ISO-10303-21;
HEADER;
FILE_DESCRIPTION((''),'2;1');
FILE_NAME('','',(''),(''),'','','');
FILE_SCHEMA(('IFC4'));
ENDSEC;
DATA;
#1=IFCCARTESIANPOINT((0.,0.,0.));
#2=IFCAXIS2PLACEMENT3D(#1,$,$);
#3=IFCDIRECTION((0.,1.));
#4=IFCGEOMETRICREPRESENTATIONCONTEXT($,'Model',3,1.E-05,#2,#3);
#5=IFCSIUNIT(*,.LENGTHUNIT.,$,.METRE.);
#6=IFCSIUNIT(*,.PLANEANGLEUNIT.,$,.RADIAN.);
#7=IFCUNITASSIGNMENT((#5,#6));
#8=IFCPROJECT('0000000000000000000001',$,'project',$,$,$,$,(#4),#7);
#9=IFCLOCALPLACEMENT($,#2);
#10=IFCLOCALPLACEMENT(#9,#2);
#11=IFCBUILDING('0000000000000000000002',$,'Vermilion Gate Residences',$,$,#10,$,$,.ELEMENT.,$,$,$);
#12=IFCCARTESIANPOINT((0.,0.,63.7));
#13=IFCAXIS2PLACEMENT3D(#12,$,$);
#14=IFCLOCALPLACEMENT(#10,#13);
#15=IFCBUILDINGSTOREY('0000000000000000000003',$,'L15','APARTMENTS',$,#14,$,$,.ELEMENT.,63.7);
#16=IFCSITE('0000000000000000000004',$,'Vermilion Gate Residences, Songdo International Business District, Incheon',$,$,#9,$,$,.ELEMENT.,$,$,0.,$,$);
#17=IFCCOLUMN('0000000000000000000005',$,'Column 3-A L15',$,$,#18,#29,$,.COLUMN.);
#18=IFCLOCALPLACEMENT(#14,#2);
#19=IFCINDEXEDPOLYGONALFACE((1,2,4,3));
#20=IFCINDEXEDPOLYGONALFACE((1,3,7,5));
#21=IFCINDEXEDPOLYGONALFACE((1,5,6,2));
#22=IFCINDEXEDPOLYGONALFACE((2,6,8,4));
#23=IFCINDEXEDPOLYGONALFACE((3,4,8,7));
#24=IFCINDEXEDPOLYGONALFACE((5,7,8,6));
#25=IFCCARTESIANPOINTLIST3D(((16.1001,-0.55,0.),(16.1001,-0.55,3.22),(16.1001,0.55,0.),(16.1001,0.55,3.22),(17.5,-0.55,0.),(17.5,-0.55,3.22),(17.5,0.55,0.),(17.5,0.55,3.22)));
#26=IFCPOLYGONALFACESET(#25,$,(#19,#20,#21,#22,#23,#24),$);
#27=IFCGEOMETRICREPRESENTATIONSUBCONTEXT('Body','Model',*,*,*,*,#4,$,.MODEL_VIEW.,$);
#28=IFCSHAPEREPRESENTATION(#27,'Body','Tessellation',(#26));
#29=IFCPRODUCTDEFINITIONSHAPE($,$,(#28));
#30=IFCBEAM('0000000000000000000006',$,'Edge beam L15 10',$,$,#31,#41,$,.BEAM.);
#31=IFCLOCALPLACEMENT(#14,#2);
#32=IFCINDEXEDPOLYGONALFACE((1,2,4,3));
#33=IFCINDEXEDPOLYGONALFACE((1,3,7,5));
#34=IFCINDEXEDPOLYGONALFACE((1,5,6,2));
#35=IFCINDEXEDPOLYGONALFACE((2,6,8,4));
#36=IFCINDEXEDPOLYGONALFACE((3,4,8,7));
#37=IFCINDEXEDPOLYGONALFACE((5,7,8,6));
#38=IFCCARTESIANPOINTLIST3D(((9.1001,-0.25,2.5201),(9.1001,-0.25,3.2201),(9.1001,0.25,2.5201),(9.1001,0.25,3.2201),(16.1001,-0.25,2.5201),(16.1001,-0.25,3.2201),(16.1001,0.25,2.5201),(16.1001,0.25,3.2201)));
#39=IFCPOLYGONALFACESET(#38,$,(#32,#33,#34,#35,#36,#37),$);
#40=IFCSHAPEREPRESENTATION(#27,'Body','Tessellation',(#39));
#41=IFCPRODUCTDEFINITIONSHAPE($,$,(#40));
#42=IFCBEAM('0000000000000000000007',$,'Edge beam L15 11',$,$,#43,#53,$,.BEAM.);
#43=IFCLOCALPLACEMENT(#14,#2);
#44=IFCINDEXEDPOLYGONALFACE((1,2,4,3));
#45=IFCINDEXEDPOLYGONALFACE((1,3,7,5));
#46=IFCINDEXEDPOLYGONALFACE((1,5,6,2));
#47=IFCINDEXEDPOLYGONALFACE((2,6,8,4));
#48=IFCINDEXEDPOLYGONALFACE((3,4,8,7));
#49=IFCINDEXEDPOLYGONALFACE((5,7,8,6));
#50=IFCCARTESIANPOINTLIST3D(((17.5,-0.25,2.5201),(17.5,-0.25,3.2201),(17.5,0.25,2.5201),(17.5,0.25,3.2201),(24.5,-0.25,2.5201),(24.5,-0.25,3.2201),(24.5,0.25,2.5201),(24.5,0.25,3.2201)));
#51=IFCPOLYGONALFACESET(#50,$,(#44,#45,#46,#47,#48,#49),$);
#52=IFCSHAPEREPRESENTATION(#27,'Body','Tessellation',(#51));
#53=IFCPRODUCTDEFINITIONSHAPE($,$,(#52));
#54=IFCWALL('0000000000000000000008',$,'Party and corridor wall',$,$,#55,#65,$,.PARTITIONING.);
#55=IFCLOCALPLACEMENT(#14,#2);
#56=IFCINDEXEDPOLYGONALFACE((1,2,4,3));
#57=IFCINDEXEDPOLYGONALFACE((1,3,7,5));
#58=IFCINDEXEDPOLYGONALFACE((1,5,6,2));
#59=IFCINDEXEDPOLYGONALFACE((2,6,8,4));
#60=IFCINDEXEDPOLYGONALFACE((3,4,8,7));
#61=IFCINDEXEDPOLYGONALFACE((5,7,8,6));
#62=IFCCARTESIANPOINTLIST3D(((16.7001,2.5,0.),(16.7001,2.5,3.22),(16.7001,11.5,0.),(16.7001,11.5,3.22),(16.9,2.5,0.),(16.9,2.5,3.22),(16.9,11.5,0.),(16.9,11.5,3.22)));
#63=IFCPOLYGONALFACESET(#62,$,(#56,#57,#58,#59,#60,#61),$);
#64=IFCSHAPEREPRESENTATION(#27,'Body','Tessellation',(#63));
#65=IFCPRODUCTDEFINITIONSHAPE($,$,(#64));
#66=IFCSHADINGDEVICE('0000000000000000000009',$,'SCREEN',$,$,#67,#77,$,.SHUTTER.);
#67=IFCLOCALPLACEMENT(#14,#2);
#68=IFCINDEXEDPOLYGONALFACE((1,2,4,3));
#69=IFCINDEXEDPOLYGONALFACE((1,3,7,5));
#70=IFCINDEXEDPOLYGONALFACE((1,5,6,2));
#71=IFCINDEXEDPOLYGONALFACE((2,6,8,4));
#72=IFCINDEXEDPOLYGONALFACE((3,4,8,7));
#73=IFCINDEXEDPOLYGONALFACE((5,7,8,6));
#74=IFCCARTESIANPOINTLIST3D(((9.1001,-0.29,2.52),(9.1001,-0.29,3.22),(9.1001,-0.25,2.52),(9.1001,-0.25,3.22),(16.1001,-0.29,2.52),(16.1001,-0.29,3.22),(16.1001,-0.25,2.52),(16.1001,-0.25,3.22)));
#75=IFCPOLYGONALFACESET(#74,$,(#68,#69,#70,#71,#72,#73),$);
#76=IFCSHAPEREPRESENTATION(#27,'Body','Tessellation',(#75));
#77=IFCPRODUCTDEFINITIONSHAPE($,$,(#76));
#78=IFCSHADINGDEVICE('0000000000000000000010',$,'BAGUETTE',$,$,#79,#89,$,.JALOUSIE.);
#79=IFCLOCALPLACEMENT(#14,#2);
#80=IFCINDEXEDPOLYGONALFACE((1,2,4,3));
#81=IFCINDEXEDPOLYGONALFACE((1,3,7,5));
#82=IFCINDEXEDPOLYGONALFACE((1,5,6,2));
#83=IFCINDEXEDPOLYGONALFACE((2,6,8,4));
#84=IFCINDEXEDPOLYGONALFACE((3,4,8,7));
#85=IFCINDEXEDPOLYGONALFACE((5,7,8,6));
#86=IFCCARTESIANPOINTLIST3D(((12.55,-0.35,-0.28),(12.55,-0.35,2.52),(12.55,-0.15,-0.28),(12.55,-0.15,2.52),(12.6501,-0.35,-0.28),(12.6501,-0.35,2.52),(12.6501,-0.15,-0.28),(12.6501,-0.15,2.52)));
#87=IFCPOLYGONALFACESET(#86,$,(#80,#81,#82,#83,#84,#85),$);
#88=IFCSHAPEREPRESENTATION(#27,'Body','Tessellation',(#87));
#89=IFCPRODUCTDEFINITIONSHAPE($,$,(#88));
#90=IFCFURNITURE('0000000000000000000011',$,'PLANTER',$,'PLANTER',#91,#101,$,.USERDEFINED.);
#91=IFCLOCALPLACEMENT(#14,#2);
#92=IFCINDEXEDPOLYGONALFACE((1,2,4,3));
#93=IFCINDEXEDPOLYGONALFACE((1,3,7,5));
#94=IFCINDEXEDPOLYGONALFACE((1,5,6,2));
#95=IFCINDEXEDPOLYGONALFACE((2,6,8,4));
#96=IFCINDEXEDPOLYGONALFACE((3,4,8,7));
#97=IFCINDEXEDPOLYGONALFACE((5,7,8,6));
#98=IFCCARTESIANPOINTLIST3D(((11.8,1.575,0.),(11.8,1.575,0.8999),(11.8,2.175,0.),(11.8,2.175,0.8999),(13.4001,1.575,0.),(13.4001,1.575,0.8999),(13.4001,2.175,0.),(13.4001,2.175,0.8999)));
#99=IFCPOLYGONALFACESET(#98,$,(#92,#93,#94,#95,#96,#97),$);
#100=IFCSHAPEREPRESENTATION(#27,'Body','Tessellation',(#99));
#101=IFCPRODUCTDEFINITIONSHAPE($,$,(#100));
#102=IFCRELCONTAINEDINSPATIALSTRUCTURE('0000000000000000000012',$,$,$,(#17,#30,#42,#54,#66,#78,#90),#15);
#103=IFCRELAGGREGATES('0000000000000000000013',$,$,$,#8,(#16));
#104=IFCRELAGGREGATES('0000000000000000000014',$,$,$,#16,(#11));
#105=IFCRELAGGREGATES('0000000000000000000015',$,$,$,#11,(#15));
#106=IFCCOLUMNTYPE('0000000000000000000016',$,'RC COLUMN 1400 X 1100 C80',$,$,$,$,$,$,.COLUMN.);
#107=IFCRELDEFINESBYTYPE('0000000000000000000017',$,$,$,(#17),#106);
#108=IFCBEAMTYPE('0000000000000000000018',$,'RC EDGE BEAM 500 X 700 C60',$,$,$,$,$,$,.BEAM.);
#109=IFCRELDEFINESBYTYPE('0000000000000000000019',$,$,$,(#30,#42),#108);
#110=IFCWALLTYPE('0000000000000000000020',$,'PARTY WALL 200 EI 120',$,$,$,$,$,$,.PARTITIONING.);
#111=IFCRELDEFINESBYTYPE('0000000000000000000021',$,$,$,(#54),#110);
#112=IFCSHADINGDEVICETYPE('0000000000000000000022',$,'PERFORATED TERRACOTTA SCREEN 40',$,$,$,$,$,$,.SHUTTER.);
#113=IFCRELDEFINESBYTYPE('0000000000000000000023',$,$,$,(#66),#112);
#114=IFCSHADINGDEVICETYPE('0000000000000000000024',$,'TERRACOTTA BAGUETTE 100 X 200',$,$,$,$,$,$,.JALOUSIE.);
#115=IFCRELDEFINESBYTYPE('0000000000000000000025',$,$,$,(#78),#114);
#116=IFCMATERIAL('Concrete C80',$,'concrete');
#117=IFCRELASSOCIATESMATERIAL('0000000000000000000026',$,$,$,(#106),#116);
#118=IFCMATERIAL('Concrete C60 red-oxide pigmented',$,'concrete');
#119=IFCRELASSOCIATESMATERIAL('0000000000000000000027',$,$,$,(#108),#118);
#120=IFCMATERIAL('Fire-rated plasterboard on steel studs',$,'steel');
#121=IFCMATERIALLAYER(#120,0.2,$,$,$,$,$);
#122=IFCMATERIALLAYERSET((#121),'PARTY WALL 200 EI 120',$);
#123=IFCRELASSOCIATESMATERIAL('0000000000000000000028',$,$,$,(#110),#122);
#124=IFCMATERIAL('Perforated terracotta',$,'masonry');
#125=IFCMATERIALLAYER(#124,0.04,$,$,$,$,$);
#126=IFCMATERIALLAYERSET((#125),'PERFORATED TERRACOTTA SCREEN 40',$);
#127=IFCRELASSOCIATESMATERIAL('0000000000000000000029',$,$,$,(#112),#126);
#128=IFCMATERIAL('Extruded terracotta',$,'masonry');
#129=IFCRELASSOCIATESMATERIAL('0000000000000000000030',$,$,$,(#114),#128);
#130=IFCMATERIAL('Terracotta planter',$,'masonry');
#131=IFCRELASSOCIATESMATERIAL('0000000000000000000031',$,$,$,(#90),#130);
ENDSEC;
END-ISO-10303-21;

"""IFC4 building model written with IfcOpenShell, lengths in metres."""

from ifc_helpers import new_model, si_unit, direction, frame, frame_2d, origin, origin_2d, place, context, subcontext, project, spatial, rectangle, extrude, material, layer, layer_set, material_profile, profile_set, type_object, element, save


model = new_model("IFC4")

# Units and contexts
model_context = context("Model", 3, precision=1e-05, world=origin(), true_north=direction((0.0, 1.0)))
body_context = subcontext(model_context, "Body", "Model", "MODEL_VIEW")
ifc_project = project(units=[si_unit("LENGTHUNIT", "METRE"), si_unit("PLANEANGLEUNIT", "RADIAN")], contexts=[model_context])

# Site, building, storey
site_placement = place(None, origin())
site = spatial("IfcSite", under=ifc_project, at=site_placement, Name="Vermilion Gate Residences, Songdo International Business District, Incheon", CompositionType="ELEMENT", RefElevation=0.0)
building_placement = place(site_placement, origin())
building = spatial("IfcBuilding", under=site, at=building_placement, Name="Vermilion Gate Residences", CompositionType="ELEMENT")
storey_placement = place(building_placement, frame((0.0, 0.0, 63.7)))
storey = spatial("IfcBuildingStorey", under=building, at=storey_placement, Name="L15", Description="APARTMENTS", CompositionType="ELEMENT", Elevation=63.7)

# Column
ifc_material_1 = material(Name="Concrete C80", Category="concrete")
ifc_material_profile_1 = material_profile(ifc_material_1, rectangle(XDim=1.3999, YDim=1.1001, at=origin_2d()), Name="RC-1400x1100")
ifc_profile_set_1 = profile_set([ifc_material_profile_1], Name="Concrete C80")
column_type = type_object("IfcColumnType", Name="RC COLUMN 1400 X 1100 C80", PredefinedType="COLUMN", material=ifc_profile_set_1)
column_placement = place(storey_placement, frame((16.8, 0.0, 0.0), z_axis=(0.0, 0.0, 1.0), x_axis=(1.0, 0.0, 0.0)))
element("IfcColumn", 1, at=column_placement, inside=storey, type_object=column_type, Name="Column 3-A L15", PredefinedType="COLUMN", context=body_context, shape_type="SweptSolid", body=[
    extrude(rectangle(XDim=1.3999, YDim=1.1001, at=origin_2d()), origin(), (0.0, 0.0, 1.0), 3.22),
])

# Beams
ifc_material_2 = material(Name="Concrete C60 red-oxide pigmented", Category="concrete")
ifc_material_profile_2 = material_profile(ifc_material_2, rectangle(XDim=0.5, YDim=0.7, at=origin_2d()), Name="RC-500x700")
ifc_profile_set_2 = profile_set([ifc_material_profile_2], Name="Concrete C60 red-oxide pigmented")
beam_type = type_object("IfcBeamType", Name="RC EDGE BEAM 500 X 700 C60", PredefinedType="BEAM", material=ifc_profile_set_2)
for number, where, z_axis, x_axis, name in (
    (2, (9.1001, 0.0, 2.8701), (1.0, 0.0, 0.0), (0.0, 1.0, 0.0), "Edge beam L15 10"),
    (3, (17.5, 0.0, 2.8701), (1.0, 0.0, 0.0), (0.0, 1.0, 0.0), "Edge beam L15 11"),
):
    element("IfcBeam", number, at=place(storey_placement, frame(where, z_axis=z_axis, x_axis=x_axis)), inside=storey, type_object=beam_type, Name=name, PredefinedType="BEAM", context=body_context, shape_type="SweptSolid", body=[
        extrude(rectangle(XDim=0.5, YDim=0.7, at=origin_2d()), origin(), (0.0, 0.0, 1.0), 7.0),
    ])

# Wall
ifc_material_3 = material(Name="Fire-rated plasterboard on steel studs", Category="steel")
ifc_layer_1 = layer(ifc_material_3, 0.2)
ifc_layer_set_1 = layer_set([ifc_layer_1], Name="PARTY WALL 200 EI 120")
wall_type = type_object("IfcWallType", Name="PARTY WALL 200 EI 120", PredefinedType="PARTITIONING", material=ifc_layer_set_1)
wall_placement = place(storey_placement, frame((16.8, 2.5, 0.0), z_axis=(0.0, 0.0, 1.0), x_axis=(0.0, 1.0, 0.0)))
element("IfcWall", 4, at=wall_placement, inside=storey, type_object=wall_type, Name="Party and corridor wall", PredefinedType="PARTITIONING", context=body_context, shape_type="SweptSolid", body=[
    extrude(rectangle(XDim=9.0, YDim=0.2, at=frame_2d((4.5, 0.0))), origin(), (0.0, 0.0, 1.0), 3.22),
])

# Shading devices
ifc_material_4 = material(Name="Perforated terracotta", Category="masonry")
ifc_layer_2 = layer(ifc_material_4, 0.04)
ifc_layer_set_2 = layer_set([ifc_layer_2], Name="PERFORATED TERRACOTTA SCREEN 40")
shading_device_type_1 = type_object("IfcShadingDeviceType", Name="PERFORATED TERRACOTTA SCREEN 40", PredefinedType="SHUTTER", material=ifc_layer_set_2)
shading_device_1_placement = place(storey_placement, frame((12.6001, -0.27, 2.52), z_axis=(0.0, 0.0, 1.0), x_axis=(1.0, 0.0, 0.0)))
element("IfcShadingDevice", 5, at=shading_device_1_placement, inside=storey, type_object=shading_device_type_1, Name="SCREEN", PredefinedType="SHUTTER", context=body_context, shape_type="SweptSolid", body=[
    extrude(rectangle(XDim=7.0, YDim=0.04, at=origin_2d()), origin(), (0.0, 0.0, 1.0), 0.7),
])
ifc_material_5 = material(Name="Extruded terracotta", Category="masonry")
ifc_material_profile_3 = material_profile(ifc_material_5, rectangle(XDim=0.2, YDim=0.1001, at=origin_2d()), Name="BAGUETTE 100 X 200")
ifc_profile_set_3 = profile_set([ifc_material_profile_3], Name="Extruded terracotta")
shading_device_type_2 = type_object("IfcShadingDeviceType", Name="TERRACOTTA BAGUETTE 100 X 200", PredefinedType="JALOUSIE", material=ifc_profile_set_3)
shading_device_2_placement = place(storey_placement, frame((12.6001, -0.25, -0.28), z_axis=(0.0, 0.0, 1.0), x_axis=(0.0, 1.0, 0.0)))
element("IfcShadingDevice", 6, at=shading_device_2_placement, inside=storey, type_object=shading_device_type_2, Name="BAGUETTE", PredefinedType="JALOUSIE", context=body_context, shape_type="SweptSolid", body=[
    extrude(rectangle(XDim=0.2, YDim=0.1001, at=origin_2d()), origin(), (0.0, 0.0, 1.0), 2.8),
])

# Furniture
ifc_material_6 = material(Name="Terracotta planter", Category="masonry")
furniture_placement = place(storey_placement, frame((12.6001, 1.875, 0.0), z_axis=(0.0, 0.0, 1.0), x_axis=(1.0, 0.0, 0.0)))
element("IfcFurniture", 7, at=furniture_placement, inside=storey, material=ifc_material_6, Name="PLANTER", ObjectType="PLANTER", PredefinedType="USERDEFINED", context=body_context, shape_type="SweptSolid", body=[
    extrude(rectangle(XDim=1.6001, YDim=0.6001, at=origin_2d()), origin(), (0.0, 0.0, 1.0), 0.8999),
])

save(model, "model.ifc")
